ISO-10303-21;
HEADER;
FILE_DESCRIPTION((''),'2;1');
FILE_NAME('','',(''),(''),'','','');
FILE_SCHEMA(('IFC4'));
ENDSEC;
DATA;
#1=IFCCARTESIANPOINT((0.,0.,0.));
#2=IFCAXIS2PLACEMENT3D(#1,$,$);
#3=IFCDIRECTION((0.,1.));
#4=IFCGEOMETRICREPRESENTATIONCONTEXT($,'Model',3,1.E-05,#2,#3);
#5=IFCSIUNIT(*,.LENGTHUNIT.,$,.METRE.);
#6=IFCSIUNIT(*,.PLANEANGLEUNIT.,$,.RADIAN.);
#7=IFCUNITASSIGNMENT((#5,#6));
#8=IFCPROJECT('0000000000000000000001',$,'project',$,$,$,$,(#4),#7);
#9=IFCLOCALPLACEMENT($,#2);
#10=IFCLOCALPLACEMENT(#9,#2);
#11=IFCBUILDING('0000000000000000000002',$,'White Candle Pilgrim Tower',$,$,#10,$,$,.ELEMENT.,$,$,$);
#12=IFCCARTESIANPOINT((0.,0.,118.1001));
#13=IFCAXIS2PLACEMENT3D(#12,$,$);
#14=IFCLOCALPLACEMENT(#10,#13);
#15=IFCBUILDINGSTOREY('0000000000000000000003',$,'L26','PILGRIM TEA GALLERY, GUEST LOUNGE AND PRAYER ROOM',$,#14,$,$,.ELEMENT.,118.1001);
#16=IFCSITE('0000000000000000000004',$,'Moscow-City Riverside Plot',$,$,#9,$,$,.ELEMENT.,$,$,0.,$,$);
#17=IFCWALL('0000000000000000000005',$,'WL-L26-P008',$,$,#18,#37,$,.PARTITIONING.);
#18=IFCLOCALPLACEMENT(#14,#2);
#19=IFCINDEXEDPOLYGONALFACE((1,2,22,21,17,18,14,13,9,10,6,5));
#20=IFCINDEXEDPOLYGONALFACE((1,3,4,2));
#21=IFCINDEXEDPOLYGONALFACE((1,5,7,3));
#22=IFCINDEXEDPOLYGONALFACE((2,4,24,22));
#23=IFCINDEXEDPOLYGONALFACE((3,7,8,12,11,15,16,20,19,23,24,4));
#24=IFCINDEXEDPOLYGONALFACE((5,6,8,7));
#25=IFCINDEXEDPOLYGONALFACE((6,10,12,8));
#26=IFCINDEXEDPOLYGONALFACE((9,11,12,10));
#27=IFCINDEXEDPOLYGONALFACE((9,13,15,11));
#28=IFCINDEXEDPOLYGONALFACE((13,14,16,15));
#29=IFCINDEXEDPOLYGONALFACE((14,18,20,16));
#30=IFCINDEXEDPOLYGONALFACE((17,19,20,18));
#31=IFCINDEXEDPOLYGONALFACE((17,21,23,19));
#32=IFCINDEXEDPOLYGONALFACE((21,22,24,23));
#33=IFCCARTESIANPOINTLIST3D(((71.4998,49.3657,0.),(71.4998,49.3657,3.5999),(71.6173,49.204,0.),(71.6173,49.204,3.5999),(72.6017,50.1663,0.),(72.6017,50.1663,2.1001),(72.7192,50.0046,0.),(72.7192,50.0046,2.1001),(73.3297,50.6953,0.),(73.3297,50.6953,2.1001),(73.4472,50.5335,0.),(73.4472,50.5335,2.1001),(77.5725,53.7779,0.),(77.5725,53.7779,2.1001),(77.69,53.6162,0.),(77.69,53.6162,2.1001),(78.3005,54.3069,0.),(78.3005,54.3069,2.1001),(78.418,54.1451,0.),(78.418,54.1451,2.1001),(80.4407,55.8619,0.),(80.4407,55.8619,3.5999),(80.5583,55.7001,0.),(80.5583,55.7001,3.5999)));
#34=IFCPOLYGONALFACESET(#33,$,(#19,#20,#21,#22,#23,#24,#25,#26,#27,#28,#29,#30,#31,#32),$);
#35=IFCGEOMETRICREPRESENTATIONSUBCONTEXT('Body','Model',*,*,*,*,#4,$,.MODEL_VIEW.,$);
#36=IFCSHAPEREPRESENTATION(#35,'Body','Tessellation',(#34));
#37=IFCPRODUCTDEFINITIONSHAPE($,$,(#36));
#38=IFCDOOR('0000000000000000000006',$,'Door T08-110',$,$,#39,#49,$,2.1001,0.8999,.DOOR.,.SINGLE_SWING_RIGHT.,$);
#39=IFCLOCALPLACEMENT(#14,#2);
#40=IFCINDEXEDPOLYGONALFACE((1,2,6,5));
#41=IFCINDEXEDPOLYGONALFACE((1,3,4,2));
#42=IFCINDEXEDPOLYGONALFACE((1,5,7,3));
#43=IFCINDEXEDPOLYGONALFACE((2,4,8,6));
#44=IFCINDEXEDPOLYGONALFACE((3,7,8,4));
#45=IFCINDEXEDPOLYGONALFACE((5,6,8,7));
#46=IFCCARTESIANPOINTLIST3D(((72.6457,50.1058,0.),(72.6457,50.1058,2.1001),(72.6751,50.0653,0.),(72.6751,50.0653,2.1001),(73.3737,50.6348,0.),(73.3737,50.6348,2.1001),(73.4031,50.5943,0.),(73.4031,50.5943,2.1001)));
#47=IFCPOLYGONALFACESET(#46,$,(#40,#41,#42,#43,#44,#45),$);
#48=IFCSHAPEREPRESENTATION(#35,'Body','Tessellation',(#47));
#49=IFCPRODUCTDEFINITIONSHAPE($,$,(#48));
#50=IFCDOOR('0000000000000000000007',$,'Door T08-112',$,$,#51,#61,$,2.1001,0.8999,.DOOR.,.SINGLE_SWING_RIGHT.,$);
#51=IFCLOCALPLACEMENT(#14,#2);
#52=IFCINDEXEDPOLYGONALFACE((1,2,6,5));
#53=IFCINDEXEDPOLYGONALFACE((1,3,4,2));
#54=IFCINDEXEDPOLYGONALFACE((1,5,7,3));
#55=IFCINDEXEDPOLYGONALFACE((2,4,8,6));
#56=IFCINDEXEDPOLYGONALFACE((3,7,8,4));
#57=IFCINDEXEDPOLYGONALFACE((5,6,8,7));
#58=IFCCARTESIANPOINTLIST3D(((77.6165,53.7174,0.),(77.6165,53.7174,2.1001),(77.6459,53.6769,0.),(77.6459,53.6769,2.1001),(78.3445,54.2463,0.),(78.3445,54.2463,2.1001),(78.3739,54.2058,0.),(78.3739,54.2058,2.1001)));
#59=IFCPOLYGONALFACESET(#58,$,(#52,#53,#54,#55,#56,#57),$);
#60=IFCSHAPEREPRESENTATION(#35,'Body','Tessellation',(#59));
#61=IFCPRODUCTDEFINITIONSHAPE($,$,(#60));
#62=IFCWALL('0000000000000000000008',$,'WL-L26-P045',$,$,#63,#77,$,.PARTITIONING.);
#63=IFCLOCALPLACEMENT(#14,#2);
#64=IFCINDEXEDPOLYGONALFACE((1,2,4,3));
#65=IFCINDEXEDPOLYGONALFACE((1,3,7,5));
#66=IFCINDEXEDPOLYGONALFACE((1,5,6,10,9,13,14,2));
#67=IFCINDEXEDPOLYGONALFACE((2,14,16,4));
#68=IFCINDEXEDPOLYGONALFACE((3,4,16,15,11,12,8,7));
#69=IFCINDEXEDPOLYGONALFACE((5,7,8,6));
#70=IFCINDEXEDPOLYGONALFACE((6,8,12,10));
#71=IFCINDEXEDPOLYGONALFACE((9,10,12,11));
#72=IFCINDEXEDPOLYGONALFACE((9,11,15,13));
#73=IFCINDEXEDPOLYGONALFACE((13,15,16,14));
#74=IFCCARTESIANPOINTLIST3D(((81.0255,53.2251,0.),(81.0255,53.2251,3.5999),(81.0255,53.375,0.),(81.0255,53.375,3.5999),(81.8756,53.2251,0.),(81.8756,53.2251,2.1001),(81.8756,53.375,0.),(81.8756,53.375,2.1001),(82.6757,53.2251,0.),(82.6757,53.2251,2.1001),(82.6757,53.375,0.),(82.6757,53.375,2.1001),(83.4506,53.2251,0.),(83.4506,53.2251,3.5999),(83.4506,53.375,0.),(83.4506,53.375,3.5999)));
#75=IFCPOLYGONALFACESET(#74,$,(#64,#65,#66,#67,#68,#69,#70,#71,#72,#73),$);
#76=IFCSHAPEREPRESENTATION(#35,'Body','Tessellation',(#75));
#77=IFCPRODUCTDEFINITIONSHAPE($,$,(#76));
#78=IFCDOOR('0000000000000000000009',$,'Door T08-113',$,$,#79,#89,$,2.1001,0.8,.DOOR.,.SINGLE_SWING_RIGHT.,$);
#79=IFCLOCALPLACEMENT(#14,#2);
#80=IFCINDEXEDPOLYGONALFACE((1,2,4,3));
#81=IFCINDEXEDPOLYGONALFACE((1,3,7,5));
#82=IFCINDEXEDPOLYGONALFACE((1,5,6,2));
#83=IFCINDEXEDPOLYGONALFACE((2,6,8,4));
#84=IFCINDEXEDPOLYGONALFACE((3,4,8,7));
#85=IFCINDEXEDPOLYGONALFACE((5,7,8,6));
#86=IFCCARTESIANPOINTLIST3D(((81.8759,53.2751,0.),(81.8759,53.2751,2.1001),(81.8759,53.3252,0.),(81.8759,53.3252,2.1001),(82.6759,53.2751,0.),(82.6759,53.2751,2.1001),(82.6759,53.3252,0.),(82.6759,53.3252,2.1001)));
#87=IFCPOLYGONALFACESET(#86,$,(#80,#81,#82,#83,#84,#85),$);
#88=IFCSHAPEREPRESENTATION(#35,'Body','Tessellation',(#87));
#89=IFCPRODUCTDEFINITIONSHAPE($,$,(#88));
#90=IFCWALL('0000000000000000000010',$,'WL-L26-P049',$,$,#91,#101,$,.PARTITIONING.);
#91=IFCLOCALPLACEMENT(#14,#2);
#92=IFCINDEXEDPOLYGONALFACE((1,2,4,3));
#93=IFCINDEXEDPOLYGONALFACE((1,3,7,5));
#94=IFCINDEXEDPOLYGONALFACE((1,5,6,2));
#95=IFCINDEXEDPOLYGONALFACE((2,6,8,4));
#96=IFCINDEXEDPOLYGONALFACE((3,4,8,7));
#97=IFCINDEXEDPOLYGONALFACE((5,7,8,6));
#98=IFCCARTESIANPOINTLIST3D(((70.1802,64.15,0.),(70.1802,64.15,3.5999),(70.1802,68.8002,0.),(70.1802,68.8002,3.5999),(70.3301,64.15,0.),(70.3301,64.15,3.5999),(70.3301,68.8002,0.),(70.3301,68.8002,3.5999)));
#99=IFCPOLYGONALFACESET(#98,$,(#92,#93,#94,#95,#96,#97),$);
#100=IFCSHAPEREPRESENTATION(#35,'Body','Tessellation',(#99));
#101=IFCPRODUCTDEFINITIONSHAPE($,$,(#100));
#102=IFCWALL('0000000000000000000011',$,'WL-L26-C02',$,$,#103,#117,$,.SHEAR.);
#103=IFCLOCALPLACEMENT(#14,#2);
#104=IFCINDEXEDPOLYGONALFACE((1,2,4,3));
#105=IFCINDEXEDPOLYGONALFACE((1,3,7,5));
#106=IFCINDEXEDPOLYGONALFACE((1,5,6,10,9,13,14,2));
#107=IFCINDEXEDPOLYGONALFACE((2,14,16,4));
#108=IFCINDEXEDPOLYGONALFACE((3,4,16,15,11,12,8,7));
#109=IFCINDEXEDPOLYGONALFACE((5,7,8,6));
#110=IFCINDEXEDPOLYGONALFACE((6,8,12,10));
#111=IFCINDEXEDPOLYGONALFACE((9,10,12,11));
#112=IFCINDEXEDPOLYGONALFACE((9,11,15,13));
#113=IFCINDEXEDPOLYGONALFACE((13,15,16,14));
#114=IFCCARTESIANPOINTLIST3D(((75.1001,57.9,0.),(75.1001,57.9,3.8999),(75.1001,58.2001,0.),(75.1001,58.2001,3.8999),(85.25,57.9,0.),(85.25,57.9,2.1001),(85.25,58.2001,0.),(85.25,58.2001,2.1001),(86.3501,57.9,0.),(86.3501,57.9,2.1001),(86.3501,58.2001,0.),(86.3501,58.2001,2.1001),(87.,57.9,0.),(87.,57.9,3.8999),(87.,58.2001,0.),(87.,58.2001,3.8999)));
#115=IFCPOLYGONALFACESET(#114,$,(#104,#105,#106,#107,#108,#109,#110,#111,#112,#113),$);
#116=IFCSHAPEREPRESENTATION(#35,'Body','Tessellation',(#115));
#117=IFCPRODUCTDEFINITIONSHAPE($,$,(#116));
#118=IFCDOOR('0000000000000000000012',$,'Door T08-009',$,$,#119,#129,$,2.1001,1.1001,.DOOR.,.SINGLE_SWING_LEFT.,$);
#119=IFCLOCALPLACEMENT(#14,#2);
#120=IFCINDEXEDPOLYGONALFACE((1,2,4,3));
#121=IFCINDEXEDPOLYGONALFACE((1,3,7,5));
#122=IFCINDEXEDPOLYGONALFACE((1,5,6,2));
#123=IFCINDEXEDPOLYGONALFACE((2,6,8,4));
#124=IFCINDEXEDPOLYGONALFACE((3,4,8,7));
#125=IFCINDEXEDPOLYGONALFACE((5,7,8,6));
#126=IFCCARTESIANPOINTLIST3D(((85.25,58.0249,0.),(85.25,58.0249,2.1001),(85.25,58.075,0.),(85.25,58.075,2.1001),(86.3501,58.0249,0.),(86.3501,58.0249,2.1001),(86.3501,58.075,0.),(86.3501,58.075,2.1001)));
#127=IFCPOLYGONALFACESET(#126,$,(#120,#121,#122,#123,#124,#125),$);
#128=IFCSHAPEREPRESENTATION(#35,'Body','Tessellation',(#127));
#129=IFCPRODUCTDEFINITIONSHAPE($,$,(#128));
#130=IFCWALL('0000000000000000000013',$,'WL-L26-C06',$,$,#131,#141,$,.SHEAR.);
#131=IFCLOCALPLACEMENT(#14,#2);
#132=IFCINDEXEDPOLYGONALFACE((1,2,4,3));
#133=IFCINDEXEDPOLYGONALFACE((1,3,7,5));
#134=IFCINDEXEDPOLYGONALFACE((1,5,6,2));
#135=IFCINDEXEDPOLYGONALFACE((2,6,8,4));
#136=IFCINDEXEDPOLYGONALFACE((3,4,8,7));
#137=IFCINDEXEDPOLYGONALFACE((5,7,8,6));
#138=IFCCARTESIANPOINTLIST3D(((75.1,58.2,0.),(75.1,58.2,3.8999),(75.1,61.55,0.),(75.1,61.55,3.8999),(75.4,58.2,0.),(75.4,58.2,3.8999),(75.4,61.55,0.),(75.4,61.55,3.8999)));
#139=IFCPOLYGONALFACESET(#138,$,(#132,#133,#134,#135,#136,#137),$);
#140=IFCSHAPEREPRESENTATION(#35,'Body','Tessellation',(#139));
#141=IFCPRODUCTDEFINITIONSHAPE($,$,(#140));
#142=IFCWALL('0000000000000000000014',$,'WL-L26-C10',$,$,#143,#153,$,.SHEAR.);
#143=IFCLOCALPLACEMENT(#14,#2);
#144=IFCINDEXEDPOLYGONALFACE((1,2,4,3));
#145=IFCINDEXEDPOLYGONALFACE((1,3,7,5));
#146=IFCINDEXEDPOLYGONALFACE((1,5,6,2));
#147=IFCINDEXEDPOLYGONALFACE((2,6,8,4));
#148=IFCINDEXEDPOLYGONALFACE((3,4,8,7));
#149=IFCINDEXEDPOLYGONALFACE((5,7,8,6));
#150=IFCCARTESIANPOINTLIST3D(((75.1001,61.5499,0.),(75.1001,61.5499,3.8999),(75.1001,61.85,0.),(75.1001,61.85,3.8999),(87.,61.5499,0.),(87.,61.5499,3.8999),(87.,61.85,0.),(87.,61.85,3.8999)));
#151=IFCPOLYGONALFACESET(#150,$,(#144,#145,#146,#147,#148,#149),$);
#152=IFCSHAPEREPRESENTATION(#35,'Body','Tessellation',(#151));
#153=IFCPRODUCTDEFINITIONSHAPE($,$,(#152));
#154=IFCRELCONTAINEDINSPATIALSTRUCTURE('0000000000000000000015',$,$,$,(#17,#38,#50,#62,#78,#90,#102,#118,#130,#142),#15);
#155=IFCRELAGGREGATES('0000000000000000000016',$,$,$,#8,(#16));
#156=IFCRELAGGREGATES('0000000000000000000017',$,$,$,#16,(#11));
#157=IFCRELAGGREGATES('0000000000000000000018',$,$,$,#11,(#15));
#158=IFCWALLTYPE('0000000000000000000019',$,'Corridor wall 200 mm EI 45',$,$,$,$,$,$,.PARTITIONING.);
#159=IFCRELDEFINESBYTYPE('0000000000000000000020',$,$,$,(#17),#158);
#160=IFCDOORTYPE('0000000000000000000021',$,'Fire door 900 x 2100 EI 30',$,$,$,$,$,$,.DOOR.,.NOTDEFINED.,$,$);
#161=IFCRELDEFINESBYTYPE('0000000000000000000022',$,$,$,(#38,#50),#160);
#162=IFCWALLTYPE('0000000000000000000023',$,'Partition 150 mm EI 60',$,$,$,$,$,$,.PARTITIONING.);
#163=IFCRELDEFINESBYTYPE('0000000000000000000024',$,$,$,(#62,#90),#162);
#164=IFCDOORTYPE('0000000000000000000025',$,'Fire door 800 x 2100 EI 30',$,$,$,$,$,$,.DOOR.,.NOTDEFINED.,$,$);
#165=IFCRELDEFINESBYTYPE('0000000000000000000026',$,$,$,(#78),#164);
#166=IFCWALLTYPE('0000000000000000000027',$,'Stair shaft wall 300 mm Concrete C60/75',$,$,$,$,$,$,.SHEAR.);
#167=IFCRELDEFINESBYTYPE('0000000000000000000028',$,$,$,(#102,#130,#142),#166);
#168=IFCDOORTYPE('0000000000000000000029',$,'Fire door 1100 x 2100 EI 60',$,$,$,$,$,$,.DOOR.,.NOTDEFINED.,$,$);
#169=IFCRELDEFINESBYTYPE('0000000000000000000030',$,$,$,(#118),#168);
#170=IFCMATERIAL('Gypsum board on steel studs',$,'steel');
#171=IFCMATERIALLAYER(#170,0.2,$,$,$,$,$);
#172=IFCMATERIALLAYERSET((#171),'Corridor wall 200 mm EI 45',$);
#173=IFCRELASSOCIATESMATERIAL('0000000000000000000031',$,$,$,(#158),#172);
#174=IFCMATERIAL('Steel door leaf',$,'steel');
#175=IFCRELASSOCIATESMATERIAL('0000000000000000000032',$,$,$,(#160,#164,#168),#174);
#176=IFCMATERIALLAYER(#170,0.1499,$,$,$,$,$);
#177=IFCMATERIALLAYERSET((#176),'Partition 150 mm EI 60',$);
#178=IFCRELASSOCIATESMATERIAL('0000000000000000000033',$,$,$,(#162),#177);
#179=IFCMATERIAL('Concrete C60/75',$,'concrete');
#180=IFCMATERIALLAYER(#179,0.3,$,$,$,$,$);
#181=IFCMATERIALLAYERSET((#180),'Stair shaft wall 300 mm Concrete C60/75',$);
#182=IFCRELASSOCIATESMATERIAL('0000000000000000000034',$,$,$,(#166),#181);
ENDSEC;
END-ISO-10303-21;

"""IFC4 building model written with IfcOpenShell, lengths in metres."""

from ifc_helpers import new_model, si_unit, direction, frame, frame_2d, origin, place, context, subcontext, project, spatial, rectangle, extrude, material, layer, layer_set, type_object, element, fill, save


model = new_model("IFC4")

# Units and contexts
model_context = context("Model", 3, precision=1e-05, world=origin(), true_north=direction((0.0, 1.0)))
body_context = subcontext(model_context, "Body", "Model", "MODEL_VIEW")
ifc_project = project(units=[si_unit("LENGTHUNIT", "METRE"), si_unit("PLANEANGLEUNIT", "RADIAN")], contexts=[model_context])

# Site, building, storey
site_placement = place(None, origin())
site = spatial("IfcSite", under=ifc_project, at=site_placement, Name="Moscow-City Riverside Plot", CompositionType="ELEMENT", RefElevation=0.0)
building_placement = place(site_placement, origin())
building = spatial("IfcBuilding", under=site, at=building_placement, Name="White Candle Pilgrim Tower", CompositionType="ELEMENT")
storey_placement = place(building_placement, frame((0.0, 0.0, 118.1001)))
storey = spatial("IfcBuildingStorey", under=building, at=storey_placement, Name="L26", Description="PILGRIM TEA GALLERY, GUEST LOUNGE AND PRAYER ROOM", CompositionType="ELEMENT", Elevation=118.1001)

# Wall, openings, doors
ifc_material_1 = material(Name="Gypsum board on steel studs", Category="steel")
ifc_layer_1 = layer(ifc_material_1, 0.2)
ifc_layer_set_1 = layer_set([ifc_layer_1], Name="Corridor wall 200 mm EI 45")
wall_type_1 = type_object("IfcWallType", Name="Corridor wall 200 mm EI 45", PredefinedType="PARTITIONING", material=ifc_layer_set_1)
wall_1_placement = place(storey_placement, frame((80.4995, 55.781, 0.0), z_axis=(0.0, 0.0, 1.0), x_axis=(-0.809011, -0.587793, 0.0)))
wall_1 = element("IfcWall", 1, at=wall_1_placement, inside=storey, type_object=wall_type_1, Name="WL-L26-P008", PredefinedType="PARTITIONING", context=body_context, shape_type="SweptSolid", body=[
    extrude(rectangle(XDim=11.0518, YDim=0.2, at=frame_2d((5.5259, 0.0))), origin(), (0.0, 0.0, 1.0), 3.5999),
])
opening_1_placement = place(wall_1_placement, frame((8.7898, 0.0, 0.0)))
opening_1 = element("IfcOpeningElement", 2, at=opening_1_placement, cuts=wall_1, PredefinedType="OPENING", context=body_context, shape_type="SweptSolid", body=[
    extrude(rectangle(XDim=0.8999, YDim=2.1001, at=frame_2d((0.45, 1.05))), frame((0.0, 0.1099, 0.0), z_axis=(0.0, -1.0, 0.0), x_axis=(1.0, 0.0, 0.0)), (0.0, 0.0, 1.0), 0.22),
])
opening_2_placement = place(wall_1_placement, frame((2.6455, 0.0, 0.0)))
opening_2 = element("IfcOpeningElement", 3, at=opening_2_placement, cuts=wall_1, PredefinedType="OPENING", context=body_context, shape_type="SweptSolid", body=[
    extrude(rectangle(XDim=0.8999, YDim=2.1001, at=frame_2d((0.45, 1.05))), frame((0.0, 0.1099, 0.0), z_axis=(0.0, -1.0, 0.0), x_axis=(1.0, 0.0, 0.0)), (0.0, 0.0, 1.0), 0.22),
])
ifc_material_2 = material(Name="Steel door leaf", Category="steel")
door_type_1 = type_object("IfcDoorType", Name="Fire door 900 x 2100 EI 30", OperationType="NOTDEFINED", PredefinedType="DOOR", material=ifc_material_2)
door_1_placement = place(opening_1_placement, origin())
door_1 = element("IfcDoor", 4, at=door_1_placement, inside=storey, type_object=door_type_1, Name="Door T08-110", OperationType="SINGLE_SWING_RIGHT", OverallHeight=2.1001, OverallWidth=0.8999, PredefinedType="DOOR", context=body_context, shape_type="SweptSolid", body=[
    extrude(rectangle(XDim=0.8999, YDim=2.1001, at=frame_2d((0.45, 1.05))), frame((0.0, 0.0249, 0.0), z_axis=(0.0, -1.0, 0.0), x_axis=(1.0, 0.0, 0.0)), (0.0, 0.0, 1.0), 0.05),
])
fill(opening_1, door_1)
door_2_placement = place(opening_2_placement, origin())
door_2 = element("IfcDoor", 5, at=door_2_placement, inside=storey, type_object=door_type_1, Name="Door T08-112", OperationType="SINGLE_SWING_RIGHT", OverallHeight=2.1001, OverallWidth=0.8999, PredefinedType="DOOR", context=body_context, shape_type="SweptSolid", body=[
    extrude(rectangle(XDim=0.8999, YDim=2.1001, at=frame_2d((0.45, 1.05))), frame((0.0, 0.0249, 0.0), z_axis=(0.0, -1.0, 0.0), x_axis=(1.0, 0.0, 0.0)), (0.0, 0.0, 1.0), 0.05),
])
fill(opening_2, door_2)

# Wall, opening, door
ifc_layer_2 = layer(ifc_material_1, 0.1499)
ifc_layer_set_2 = layer_set([ifc_layer_2], Name="Partition 150 mm EI 60")
wall_type_2 = type_object("IfcWallType", Name="Partition 150 mm EI 60", PredefinedType="PARTITIONING", material=ifc_layer_set_2)
wall_2_placement = place(storey_placement, frame((81.0256, 53.3, 0.0), z_axis=(0.0, 0.0, 1.0), x_axis=(1.0, 0.0, 0.0)))
wall_2 = element("IfcWall", 6, at=wall_2_placement, inside=storey, type_object=wall_type_2, Name="WL-L26-P045", PredefinedType="PARTITIONING", context=body_context, shape_type="SweptSolid", body=[
    extrude(rectangle(XDim=2.425, YDim=0.1499, at=frame_2d((1.2124, 0.0))), origin(), (0.0, 0.0, 1.0), 3.5999),
])
opening_3_placement = place(wall_2_placement, frame((0.8501, 0.0, 0.0)))
opening_3 = element("IfcOpeningElement", 7, at=opening_3_placement, cuts=wall_2, PredefinedType="OPENING", context=body_context, shape_type="SweptSolid", body=[
    extrude(rectangle(XDim=0.8, YDim=2.1001, at=frame_2d((0.3999, 1.05))), frame((0.0, 0.085, 0.0), z_axis=(0.0, -1.0, 0.0), x_axis=(1.0, 0.0, 0.0)), (0.0, 0.0, 1.0), 0.1699),
])
door_type_2 = type_object("IfcDoorType", Name="Fire door 800 x 2100 EI 30", OperationType="NOTDEFINED", PredefinedType="DOOR", material=ifc_material_2)
door_3_placement = place(opening_3_placement, frame((0.8, 0.0, 0.0), z_axis=(0.0, 0.0, 1.0), x_axis=(-1.0, 0.0, 0.0)))
door_3 = element("IfcDoor", 8, at=door_3_placement, inside=storey, type_object=door_type_2, Name="Door T08-113", OperationType="SINGLE_SWING_RIGHT", OverallHeight=2.1001, OverallWidth=0.8, PredefinedType="DOOR", context=body_context, shape_type="SweptSolid", body=[
    extrude(rectangle(XDim=0.8, YDim=2.1001, at=frame_2d((0.3999, 1.05))), frame((0.0, 0.0249, 0.0), z_axis=(0.0, -1.0, 0.0), x_axis=(1.0, 0.0, 0.0)), (0.0, 0.0, 1.0), 0.05),
])
fill(opening_3, door_3)

# Wall
wall_3_placement = place(storey_placement, frame((70.2551, 64.1499, 0.0), z_axis=(0.0, 0.0, 1.0), x_axis=(0.0, 1.0, 0.0)))
element("IfcWall", 9, at=wall_3_placement, inside=storey, type_object=wall_type_2, Name="WL-L26-P049", PredefinedType="PARTITIONING", context=body_context, shape_type="SweptSolid", body=[
    extrude(rectangle(XDim=4.6501, YDim=0.1499, at=frame_2d((2.3252, 0.0))), origin(), (0.0, 0.0, 1.0), 3.5999),
])

# Wall, opening, door
ifc_material_3 = material(Name="Concrete C60/75", Category="concrete")
ifc_layer_3 = layer(ifc_material_3, 0.3)
ifc_layer_set_3 = layer_set([ifc_layer_3], Name="Stair shaft wall 300 mm Concrete C60/75")
wall_type_3 = type_object("IfcWallType", Name="Stair shaft wall 300 mm Concrete C60/75", PredefinedType="SHEAR", material=ifc_layer_set_3)
wall_4_placement = place(storey_placement, frame((75.1001, 58.05, 0.0), z_axis=(0.0, 0.0, 1.0), x_axis=(1.0, 0.0, 0.0)))
wall_4 = element("IfcWall", 10, at=wall_4_placement, inside=storey, type_object=wall_type_3, Name="WL-L26-C02", PredefinedType="SHEAR", context=body_context, shape_type="SweptSolid", body=[
    extrude(rectangle(XDim=11.8999, YDim=0.3, at=frame_2d((5.95, 0.0))), origin(), (0.0, 0.0, 1.0), 3.8999),
])
opening_4_placement = place(wall_4_placement, frame((10.1499, 0.0, 0.0)))
opening_4 = element("IfcOpeningElement", 11, at=opening_4_placement, cuts=wall_4, PredefinedType="OPENING", context=body_context, shape_type="SweptSolid", body=[
    extrude(rectangle(XDim=1.1001, YDim=2.1001, at=frame_2d((0.55, 1.05))), frame((0.0, 0.1599, 0.0), z_axis=(0.0, -1.0, 0.0), x_axis=(1.0, 0.0, 0.0)), (0.0, 0.0, 1.0), 0.3201),
])
door_type_3 = type_object("IfcDoorType", Name="Fire door 1100 x 2100 EI 60", OperationType="NOTDEFINED", PredefinedType="DOOR", material=ifc_material_2)
door_4_placement = place(opening_4_placement, origin())
door_4 = element("IfcDoor", 12, at=door_4_placement, inside=storey, type_object=door_type_3, Name="Door T08-009", OperationType="SINGLE_SWING_LEFT", OverallHeight=2.1001, OverallWidth=1.1001, PredefinedType="DOOR", context=body_context, shape_type="SweptSolid", body=[
    extrude(rectangle(XDim=1.1001, YDim=2.1001, at=frame_2d((0.55, 1.05))), frame((0.0, 0.0249, 0.0), z_axis=(0.0, -1.0, 0.0), x_axis=(1.0, 0.0, 0.0)), (0.0, 0.0, 1.0), 0.05),
])
fill(opening_4, door_4)

# Walls
wall_5_placement = place(storey_placement, frame((75.25, 58.2, 0.0), z_axis=(0.0, 0.0, 1.0), x_axis=(0.0, 1.0, 0.0)))
element("IfcWall", 13, at=wall_5_placement, inside=storey, type_object=wall_type_3, Name="WL-L26-C06", PredefinedType="SHEAR", context=body_context, shape_type="SweptSolid", body=[
    extrude(rectangle(XDim=3.3501, YDim=0.3, at=frame_2d((1.675, 0.0))), origin(), (0.0, 0.0, 1.0), 3.8999),
])
wall_6_placement = place(storey_placement, frame((75.1001, 61.7, 0.0), z_axis=(0.0, 0.0, 1.0), x_axis=(1.0, 0.0, 0.0)))
element("IfcWall", 14, at=wall_6_placement, inside=storey, type_object=wall_type_3, Name="WL-L26-C10", PredefinedType="SHEAR", context=body_context, shape_type="SweptSolid", body=[
    extrude(rectangle(XDim=11.8999, YDim=0.3, at=frame_2d((5.95, 0.0))), origin(), (0.0, 0.0, 1.0), 3.8999),
])

save(model, "model.ifc")
